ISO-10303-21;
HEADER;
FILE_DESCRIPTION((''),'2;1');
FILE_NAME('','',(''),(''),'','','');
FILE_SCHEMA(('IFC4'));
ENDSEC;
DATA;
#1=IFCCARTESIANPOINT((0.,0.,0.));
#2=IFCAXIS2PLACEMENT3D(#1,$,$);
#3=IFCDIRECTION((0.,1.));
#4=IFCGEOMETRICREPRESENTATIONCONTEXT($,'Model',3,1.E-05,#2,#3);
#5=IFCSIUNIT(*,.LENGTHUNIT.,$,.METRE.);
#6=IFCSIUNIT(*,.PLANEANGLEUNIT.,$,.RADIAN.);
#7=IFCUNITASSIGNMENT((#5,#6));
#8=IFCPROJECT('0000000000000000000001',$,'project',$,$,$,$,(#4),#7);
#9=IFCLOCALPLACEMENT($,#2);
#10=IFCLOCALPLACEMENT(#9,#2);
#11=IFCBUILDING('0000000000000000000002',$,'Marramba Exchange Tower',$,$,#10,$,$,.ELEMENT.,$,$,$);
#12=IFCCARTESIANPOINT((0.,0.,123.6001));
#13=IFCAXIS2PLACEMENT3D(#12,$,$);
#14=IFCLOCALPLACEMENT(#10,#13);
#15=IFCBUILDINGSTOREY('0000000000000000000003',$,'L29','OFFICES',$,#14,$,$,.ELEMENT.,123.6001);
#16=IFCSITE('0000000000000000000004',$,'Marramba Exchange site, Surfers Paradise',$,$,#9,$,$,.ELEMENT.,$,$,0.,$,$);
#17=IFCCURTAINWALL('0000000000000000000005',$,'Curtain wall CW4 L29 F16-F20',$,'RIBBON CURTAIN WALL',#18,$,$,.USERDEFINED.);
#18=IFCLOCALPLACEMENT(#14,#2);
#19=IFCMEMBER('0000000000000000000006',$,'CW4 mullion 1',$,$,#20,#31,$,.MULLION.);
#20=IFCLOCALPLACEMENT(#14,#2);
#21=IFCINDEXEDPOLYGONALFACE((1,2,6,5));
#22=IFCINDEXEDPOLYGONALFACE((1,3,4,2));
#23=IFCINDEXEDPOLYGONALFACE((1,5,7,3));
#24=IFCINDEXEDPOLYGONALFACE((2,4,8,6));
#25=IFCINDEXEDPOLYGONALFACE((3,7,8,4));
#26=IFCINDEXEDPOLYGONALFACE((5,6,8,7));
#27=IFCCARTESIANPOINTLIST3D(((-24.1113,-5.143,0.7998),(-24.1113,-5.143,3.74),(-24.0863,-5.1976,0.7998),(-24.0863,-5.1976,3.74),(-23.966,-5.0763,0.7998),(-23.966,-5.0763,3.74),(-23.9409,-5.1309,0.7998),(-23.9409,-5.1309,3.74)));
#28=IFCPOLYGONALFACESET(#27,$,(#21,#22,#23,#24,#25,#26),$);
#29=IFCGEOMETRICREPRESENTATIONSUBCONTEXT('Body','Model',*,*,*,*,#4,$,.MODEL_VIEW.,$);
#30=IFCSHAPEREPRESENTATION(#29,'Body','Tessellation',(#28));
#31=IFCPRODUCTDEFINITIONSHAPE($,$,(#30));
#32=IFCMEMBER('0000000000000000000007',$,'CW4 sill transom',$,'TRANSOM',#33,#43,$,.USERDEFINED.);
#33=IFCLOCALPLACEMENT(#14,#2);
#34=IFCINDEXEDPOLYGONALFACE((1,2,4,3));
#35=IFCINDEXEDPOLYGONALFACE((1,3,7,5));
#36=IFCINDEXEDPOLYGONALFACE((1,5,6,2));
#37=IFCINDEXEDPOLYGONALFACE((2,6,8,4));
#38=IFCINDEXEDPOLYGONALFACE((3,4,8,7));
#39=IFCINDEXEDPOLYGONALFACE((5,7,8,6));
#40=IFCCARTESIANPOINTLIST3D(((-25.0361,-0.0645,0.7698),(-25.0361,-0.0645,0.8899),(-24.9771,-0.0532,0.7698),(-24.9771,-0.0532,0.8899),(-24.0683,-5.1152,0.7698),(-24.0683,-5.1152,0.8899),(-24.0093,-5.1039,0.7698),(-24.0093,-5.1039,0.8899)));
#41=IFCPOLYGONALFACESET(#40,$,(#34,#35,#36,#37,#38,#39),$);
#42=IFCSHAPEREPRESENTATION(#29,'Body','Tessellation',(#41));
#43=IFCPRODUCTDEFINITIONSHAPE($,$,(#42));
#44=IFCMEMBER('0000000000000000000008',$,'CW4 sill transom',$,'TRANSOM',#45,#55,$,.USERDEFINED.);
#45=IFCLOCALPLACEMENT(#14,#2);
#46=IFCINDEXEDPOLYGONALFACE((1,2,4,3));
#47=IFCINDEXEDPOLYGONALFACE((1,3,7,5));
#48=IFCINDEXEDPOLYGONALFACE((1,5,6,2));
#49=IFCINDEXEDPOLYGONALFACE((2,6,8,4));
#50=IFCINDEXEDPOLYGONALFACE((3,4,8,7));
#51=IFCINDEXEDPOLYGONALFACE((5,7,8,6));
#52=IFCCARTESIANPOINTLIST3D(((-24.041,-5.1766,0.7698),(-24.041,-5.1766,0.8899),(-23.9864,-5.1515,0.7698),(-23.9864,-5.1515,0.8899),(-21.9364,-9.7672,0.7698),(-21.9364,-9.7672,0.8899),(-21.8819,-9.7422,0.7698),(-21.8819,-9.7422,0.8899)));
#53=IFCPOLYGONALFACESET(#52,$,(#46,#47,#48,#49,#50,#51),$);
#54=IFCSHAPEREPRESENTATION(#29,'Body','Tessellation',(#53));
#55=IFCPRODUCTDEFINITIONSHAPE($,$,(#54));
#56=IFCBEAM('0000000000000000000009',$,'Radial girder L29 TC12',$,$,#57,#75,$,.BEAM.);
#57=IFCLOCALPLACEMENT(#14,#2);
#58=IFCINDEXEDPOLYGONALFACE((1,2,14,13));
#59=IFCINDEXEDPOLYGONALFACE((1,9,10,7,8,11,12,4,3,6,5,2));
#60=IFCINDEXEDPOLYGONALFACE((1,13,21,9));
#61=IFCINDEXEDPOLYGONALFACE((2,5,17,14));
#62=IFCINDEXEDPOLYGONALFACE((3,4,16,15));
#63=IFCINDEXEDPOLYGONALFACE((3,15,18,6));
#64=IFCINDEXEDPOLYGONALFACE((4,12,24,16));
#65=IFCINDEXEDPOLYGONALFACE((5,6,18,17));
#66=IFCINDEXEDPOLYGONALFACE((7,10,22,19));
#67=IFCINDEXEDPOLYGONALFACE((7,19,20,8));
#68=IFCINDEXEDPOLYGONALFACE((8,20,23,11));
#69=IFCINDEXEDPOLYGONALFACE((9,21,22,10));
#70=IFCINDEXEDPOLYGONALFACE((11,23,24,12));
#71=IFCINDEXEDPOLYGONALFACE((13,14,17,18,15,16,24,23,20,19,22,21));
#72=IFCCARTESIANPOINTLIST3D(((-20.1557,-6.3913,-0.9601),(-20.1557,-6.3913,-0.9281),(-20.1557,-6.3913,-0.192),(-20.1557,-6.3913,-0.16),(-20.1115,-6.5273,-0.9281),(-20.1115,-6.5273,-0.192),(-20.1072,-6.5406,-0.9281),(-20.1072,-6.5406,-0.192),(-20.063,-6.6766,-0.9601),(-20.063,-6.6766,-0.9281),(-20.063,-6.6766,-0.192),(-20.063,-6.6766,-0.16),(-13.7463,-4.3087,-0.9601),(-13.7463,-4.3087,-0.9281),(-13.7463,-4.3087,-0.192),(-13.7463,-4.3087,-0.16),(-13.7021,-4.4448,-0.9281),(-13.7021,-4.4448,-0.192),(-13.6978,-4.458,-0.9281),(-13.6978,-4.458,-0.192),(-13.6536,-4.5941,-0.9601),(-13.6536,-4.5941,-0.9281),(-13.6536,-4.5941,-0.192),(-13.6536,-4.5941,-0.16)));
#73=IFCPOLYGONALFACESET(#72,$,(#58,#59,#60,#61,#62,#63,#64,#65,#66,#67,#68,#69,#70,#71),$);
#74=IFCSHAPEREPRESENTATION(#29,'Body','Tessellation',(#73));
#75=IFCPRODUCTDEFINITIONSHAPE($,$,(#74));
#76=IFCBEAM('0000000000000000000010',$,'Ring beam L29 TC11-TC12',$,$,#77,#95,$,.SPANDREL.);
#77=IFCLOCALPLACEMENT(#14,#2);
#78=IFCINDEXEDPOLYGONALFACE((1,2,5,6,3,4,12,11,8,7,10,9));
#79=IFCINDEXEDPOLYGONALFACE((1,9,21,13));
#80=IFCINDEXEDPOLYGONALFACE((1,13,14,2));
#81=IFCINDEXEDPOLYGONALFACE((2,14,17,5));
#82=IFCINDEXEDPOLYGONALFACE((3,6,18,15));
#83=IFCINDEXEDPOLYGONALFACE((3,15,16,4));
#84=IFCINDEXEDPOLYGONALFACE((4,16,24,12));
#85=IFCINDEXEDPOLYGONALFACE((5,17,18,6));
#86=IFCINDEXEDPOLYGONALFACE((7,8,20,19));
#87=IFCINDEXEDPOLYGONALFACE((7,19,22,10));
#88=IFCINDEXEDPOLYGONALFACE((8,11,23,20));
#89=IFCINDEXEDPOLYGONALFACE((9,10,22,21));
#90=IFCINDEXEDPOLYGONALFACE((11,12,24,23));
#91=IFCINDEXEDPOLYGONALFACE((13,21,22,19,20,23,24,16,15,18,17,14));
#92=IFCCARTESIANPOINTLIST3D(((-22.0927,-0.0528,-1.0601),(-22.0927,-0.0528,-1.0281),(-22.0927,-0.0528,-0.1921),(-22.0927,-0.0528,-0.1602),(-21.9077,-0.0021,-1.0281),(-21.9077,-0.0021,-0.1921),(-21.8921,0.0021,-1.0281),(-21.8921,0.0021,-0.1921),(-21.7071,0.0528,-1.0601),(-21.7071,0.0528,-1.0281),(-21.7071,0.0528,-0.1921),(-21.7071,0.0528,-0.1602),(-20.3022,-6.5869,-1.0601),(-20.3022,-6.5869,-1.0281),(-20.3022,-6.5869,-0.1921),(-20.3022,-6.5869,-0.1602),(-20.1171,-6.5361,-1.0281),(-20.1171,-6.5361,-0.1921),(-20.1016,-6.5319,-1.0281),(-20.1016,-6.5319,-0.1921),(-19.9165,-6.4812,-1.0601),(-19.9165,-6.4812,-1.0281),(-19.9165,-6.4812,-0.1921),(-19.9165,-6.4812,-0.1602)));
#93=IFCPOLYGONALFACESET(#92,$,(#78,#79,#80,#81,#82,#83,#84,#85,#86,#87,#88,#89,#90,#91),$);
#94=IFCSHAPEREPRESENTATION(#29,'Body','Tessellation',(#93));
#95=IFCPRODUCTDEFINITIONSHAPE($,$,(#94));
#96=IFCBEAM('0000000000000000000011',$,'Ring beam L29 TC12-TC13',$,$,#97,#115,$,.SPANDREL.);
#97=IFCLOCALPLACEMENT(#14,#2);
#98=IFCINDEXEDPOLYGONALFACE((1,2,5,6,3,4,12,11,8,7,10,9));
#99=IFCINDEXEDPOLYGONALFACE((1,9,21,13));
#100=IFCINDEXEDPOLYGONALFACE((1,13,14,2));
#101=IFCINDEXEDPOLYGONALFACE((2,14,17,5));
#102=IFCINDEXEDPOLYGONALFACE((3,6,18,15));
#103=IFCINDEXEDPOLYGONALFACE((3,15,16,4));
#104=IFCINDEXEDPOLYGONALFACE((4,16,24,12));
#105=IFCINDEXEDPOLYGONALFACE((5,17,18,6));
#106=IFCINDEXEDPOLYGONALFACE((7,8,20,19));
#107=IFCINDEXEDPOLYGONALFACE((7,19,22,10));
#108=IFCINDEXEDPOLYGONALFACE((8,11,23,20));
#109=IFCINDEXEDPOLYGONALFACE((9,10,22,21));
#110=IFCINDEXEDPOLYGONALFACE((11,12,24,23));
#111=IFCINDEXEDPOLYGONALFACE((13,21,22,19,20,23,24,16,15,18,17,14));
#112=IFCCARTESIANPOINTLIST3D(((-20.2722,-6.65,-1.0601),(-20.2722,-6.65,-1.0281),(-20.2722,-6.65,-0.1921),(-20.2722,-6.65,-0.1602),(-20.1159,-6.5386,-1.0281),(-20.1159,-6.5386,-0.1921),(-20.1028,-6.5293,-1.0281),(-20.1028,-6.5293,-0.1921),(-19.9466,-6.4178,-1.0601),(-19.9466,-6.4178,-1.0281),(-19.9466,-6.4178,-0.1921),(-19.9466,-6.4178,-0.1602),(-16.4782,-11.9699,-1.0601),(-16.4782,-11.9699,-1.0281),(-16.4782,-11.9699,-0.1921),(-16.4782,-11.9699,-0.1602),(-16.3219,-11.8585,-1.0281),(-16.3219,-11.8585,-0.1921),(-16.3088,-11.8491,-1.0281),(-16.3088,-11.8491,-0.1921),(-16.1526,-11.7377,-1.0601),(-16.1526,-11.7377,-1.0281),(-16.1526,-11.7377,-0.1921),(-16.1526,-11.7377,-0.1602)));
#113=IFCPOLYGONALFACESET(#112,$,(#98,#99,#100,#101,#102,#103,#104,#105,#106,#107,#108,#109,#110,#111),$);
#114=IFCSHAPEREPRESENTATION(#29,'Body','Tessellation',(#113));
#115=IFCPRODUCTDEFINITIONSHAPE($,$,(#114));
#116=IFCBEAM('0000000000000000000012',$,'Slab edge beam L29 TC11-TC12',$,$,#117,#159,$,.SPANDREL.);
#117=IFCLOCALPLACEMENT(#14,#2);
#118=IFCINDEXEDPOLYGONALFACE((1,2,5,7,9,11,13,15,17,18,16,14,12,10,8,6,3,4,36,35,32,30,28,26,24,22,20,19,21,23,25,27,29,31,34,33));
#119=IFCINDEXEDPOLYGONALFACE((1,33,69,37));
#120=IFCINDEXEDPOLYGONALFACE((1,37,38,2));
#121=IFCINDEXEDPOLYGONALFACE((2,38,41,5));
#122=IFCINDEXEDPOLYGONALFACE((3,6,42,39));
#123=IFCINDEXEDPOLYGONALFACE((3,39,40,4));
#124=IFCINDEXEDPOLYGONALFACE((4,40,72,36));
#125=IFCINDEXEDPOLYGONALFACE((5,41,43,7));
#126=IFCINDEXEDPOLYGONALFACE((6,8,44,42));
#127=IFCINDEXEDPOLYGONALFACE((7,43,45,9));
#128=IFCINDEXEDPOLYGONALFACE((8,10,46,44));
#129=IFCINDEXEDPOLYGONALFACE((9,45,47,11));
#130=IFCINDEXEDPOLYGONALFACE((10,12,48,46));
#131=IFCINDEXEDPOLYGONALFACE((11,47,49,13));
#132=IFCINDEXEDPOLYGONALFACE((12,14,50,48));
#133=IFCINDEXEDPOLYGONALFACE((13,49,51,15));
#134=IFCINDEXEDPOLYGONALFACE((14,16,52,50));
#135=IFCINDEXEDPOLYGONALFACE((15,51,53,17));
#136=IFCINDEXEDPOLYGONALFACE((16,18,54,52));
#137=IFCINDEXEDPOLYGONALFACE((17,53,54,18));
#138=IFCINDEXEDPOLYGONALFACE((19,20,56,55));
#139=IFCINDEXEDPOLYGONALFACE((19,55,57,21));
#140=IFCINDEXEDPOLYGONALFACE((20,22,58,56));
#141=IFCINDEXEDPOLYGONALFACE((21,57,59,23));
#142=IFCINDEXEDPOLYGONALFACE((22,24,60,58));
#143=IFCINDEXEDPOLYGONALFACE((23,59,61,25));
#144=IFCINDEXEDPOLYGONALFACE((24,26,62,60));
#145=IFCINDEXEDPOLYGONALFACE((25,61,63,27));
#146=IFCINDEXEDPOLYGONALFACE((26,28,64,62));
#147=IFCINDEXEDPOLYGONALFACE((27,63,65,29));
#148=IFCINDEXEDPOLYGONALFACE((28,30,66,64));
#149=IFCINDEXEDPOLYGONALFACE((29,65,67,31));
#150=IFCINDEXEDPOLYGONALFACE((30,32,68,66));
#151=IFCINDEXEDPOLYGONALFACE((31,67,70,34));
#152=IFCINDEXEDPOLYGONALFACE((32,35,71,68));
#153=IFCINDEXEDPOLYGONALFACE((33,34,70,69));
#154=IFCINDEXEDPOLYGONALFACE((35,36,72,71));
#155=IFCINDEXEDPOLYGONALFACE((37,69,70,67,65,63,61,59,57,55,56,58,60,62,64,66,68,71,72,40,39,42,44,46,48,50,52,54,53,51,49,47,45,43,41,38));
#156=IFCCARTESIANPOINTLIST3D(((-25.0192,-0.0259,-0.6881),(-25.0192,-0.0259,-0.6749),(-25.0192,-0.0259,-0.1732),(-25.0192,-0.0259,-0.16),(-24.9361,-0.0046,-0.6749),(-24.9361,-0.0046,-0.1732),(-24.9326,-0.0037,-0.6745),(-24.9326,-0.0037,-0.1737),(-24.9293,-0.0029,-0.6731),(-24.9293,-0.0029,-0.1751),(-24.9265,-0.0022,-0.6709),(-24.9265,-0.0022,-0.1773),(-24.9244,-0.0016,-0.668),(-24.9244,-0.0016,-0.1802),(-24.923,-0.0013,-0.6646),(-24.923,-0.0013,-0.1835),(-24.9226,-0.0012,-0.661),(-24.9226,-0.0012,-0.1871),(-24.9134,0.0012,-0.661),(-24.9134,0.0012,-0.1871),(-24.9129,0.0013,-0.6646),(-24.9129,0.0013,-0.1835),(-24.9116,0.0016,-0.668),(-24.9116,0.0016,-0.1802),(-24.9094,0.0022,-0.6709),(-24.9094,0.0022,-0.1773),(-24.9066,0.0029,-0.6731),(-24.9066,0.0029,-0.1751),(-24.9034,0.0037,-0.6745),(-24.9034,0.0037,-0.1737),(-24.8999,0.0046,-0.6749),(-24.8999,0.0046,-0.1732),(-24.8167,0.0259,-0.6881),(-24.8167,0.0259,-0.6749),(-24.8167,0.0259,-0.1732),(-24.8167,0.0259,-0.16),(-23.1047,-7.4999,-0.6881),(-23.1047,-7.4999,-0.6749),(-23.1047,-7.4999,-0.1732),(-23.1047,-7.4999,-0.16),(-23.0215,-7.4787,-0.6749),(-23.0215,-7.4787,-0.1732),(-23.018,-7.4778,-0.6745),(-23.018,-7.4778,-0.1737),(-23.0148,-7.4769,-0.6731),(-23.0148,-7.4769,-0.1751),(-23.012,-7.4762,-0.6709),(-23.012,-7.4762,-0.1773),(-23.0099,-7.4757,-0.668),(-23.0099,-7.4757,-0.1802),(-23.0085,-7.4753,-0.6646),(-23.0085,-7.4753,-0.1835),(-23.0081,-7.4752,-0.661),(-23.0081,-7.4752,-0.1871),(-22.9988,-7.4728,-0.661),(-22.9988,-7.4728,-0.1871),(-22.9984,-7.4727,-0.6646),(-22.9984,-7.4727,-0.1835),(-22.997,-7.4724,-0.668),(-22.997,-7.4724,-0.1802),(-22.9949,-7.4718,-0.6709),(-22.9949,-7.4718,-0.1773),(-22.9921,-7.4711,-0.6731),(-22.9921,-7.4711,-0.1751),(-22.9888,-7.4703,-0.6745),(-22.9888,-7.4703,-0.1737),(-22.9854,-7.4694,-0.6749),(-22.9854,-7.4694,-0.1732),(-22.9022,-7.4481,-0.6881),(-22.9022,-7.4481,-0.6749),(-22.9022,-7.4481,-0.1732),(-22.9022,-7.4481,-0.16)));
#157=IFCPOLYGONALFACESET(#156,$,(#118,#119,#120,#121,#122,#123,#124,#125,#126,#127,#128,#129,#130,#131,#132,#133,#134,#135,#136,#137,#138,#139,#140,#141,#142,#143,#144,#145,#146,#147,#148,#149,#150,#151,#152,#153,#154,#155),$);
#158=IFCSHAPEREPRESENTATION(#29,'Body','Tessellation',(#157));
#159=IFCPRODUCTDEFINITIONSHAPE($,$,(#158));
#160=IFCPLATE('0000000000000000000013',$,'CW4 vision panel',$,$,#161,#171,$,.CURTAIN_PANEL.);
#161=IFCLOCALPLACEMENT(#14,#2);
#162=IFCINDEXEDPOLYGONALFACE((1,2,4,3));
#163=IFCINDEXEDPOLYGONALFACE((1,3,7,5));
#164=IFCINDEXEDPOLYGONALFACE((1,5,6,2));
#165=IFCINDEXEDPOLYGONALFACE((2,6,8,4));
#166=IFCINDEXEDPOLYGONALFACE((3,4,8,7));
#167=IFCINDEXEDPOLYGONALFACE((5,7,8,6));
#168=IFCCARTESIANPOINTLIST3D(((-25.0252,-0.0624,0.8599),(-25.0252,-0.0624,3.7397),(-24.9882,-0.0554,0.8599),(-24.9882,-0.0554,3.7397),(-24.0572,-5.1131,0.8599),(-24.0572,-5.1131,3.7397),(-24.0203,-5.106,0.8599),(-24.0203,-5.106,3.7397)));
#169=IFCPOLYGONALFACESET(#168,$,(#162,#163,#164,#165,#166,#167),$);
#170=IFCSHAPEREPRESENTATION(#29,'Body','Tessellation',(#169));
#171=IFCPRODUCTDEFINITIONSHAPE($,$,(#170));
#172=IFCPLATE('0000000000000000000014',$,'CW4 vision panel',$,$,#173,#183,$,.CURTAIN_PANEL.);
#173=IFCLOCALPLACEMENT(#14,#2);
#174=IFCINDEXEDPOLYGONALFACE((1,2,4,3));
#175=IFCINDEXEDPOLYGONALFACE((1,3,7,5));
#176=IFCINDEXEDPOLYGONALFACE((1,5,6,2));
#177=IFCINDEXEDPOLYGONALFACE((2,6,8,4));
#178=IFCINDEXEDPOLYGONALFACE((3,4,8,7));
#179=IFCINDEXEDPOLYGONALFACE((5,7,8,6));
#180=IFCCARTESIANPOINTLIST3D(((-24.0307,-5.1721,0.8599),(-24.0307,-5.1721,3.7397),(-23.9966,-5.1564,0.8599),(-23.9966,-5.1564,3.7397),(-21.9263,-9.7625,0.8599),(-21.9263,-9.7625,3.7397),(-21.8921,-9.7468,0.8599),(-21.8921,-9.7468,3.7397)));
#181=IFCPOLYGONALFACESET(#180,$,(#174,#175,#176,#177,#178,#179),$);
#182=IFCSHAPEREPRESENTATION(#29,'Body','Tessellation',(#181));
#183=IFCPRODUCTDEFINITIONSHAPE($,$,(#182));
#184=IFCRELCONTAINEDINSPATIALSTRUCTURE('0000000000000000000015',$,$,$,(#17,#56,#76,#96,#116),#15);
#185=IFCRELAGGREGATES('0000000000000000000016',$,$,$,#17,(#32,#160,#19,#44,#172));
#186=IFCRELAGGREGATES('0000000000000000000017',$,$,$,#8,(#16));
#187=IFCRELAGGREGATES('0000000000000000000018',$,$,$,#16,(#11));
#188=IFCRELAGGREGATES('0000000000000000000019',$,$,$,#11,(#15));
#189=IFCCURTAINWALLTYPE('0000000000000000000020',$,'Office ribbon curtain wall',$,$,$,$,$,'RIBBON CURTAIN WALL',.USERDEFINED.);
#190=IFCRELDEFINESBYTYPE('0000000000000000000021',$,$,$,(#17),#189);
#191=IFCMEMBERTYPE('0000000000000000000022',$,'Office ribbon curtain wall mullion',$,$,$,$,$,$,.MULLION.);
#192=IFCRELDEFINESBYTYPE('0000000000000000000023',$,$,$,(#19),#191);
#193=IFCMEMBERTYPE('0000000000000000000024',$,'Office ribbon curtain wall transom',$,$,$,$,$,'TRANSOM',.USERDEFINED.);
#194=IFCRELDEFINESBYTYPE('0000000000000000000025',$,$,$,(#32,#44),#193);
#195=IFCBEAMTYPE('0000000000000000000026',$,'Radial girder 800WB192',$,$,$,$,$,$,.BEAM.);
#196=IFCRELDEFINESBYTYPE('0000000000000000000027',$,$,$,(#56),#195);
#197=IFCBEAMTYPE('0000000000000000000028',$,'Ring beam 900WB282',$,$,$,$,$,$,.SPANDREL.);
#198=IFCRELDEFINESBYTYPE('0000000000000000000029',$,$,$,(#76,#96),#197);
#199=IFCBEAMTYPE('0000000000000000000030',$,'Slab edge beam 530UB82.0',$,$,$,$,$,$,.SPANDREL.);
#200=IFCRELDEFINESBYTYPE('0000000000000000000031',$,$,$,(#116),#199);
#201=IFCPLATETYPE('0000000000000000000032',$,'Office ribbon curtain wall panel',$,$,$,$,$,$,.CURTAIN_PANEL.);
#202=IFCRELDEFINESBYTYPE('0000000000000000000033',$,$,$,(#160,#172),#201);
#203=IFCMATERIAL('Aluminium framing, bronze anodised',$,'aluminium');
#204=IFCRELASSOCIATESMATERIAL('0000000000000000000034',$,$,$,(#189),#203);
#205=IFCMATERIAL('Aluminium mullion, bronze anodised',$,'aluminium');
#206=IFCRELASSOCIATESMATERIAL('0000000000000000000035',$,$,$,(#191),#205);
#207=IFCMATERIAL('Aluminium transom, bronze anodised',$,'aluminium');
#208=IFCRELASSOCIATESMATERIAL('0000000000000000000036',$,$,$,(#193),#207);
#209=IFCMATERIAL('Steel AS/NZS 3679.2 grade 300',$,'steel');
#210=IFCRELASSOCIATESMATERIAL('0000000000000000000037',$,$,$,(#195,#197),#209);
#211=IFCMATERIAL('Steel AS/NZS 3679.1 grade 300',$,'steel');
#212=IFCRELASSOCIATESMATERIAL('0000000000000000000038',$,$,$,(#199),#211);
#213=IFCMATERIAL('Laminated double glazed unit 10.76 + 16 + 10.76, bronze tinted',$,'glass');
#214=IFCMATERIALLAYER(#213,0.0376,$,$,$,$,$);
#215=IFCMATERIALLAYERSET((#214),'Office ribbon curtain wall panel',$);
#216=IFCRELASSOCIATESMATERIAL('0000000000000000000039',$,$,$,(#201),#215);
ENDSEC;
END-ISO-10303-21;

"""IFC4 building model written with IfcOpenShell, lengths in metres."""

from ifc_helpers import new_model, si_unit, direction, frame, origin, origin_2d, place, context, subcontext, project, spatial, rectangle, i_section, extrude, material, layer, layer_set, material_profile, profile_set, type_object, element, aggregate, save


model = new_model("IFC4")

# Units and contexts
model_context = context("Model", 3, precision=1e-05, world=origin(), true_north=direction((0.0, 1.0)))
body_context = subcontext(model_context, "Body", "Model", "MODEL_VIEW")
ifc_project = project(units=[si_unit("LENGTHUNIT", "METRE"), si_unit("PLANEANGLEUNIT", "RADIAN")], contexts=[model_context])

# Site, building, storey
site_placement = place(None, origin())
site = spatial("IfcSite", under=ifc_project, at=site_placement, Name="Marramba Exchange site, Surfers Paradise", CompositionType="ELEMENT", RefElevation=0.0)
building_placement = place(site_placement, origin())
building = spatial("IfcBuilding", under=site, at=building_placement, Name="Marramba Exchange Tower", CompositionType="ELEMENT")
storey_placement = place(building_placement, frame((0.0, 0.0, 123.6001)))
storey = spatial("IfcBuildingStorey", under=building, at=storey_placement, Name="L29", Description="OFFICES", CompositionType="ELEMENT", Elevation=123.6001)

# Shared definitions
ifc_material_1 = material(Name="Steel AS/NZS 3679.2 grade 300", Category="steel")
ifc_material_2 = material(Name="Steel AS/NZS 3679.1 grade 300", Category="steel")

# Curtain wall, members
ifc_material_3 = material(Name="Aluminium framing, bronze anodised", Category="aluminium")
curtain_wall_type = type_object("IfcCurtainWallType", Name="Office ribbon curtain wall", ElementType="RIBBON CURTAIN WALL", PredefinedType="USERDEFINED", material=ifc_material_3)
curtain_wall_placement = place(storey_placement, origin())
curtain_wall = element("IfcCurtainWall", 1, at=curtain_wall_placement, inside=storey, type_object=curtain_wall_type, Name="Curtain wall CW4 L29 F16-F20", ObjectType="RIBBON CURTAIN WALL", PredefinedType="USERDEFINED")
ifc_material_4 = material(Name="Aluminium mullion, bronze anodised", Category="aluminium")
ifc_material_profile_1 = material_profile(ifc_material_4, rectangle(XDim=0.1599, YDim=0.0601, at=origin_2d()), Name="CW4 mullion 60x160")
ifc_profile_set_1 = profile_set([ifc_material_profile_1], Name="Aluminium mullion, bronze anodised")
member_type_1 = type_object("IfcMemberType", Name="Office ribbon curtain wall mullion", PredefinedType="MULLION", material=ifc_profile_set_1)
member_1_placement = place(storey_placement, frame((-24.0261, -5.137, 0.7998), z_axis=(0.0, 0.0, 1.0), x_axis=(0.909027, 0.416738, 0.0)))
member_1 = element("IfcMember", 2, at=member_1_placement, type_object=member_type_1, Name="CW4 mullion 1", PredefinedType="MULLION", context=body_context, shape_type="SweptSolid", body=[
    extrude(rectangle(XDim=0.1599, YDim=0.0601, at=origin_2d()), origin(), (0.0, 0.0, 1.0), 2.9402),
])
ifc_material_5 = material(Name="Aluminium transom, bronze anodised", Category="aluminium")
ifc_material_profile_2 = material_profile(ifc_material_5, rectangle(XDim=0.0601, YDim=0.1201, at=origin_2d()), Name="CW4 transom 60x120")
ifc_profile_set_2 = profile_set([ifc_material_profile_2], Name="Aluminium transom, bronze anodised")
member_type_2 = type_object("IfcMemberType", Name="Office ribbon curtain wall transom", ElementType="TRANSOM", PredefinedType="USERDEFINED", material=ifc_profile_set_2)
member_2_placement = place(storey_placement, frame((-25.0066, -0.0588, 0.8298), z_axis=(0.188185, -0.982134, 0.0), x_axis=(0.982134, 0.188185, 0.0)))
member_2 = element("IfcMember", 3, at=member_2_placement, type_object=member_type_2, Name="CW4 sill transom", ObjectType="TRANSOM", PredefinedType="USERDEFINED", context=body_context, shape_type="SweptSolid", body=[
    extrude(rectangle(XDim=0.0601, YDim=0.1201, at=origin_2d()), origin(), (0.0, 0.0, 1.0), 5.1426),
])
member_3_placement = place(storey_placement, frame((-24.0137, -5.1641, 0.8298), z_axis=(0.416733, -0.909029, 0.0), x_axis=(0.909029, 0.416733, 0.0)))
member_3 = element("IfcMember", 4, at=member_3_placement, type_object=member_type_2, Name="CW4 sill transom", ObjectType="TRANSOM", PredefinedType="USERDEFINED", context=body_context, shape_type="SweptSolid", body=[
    extrude(rectangle(XDim=0.0601, YDim=0.1201, at=origin_2d()), origin(), (0.0, 0.0, 1.0), 5.05),
])

# Beams
ifc_material_profile_3 = material_profile(ifc_material_1, i_section(OverallWidth=0.3, OverallDepth=0.8, WebThickness=0.0139, FlangeThickness=0.032, at=origin_2d()), Name="800WB192")
ifc_profile_set_3 = profile_set([ifc_material_profile_3], Name="Steel AS/NZS 3679.2 grade 300")
beam_type_1 = type_object("IfcBeamType", Name="Radial girder 800WB192", PredefinedType="BEAM", material=ifc_profile_set_3)
beam_1_placement = place(storey_placement, frame((-13.7, -4.4514, -0.5601), z_axis=(-0.951058, -0.309013, 0.0), x_axis=(0.309013, -0.951058, 0.0)))
element("IfcBeam", 5, at=beam_1_placement, inside=storey, type_object=beam_type_1, Name="Radial girder L29 TC12", PredefinedType="BEAM", context=body_context, shape_type="SweptSolid", body=[
    extrude(i_section(OverallWidth=0.3, OverallDepth=0.8, WebThickness=0.0139, FlangeThickness=0.032, at=origin_2d()), origin(), (0.0, 0.0, 1.0), 6.7393),
])
ifc_material_profile_4 = material_profile(ifc_material_1, i_section(OverallWidth=0.3999, OverallDepth=0.8999, WebThickness=0.0161, FlangeThickness=0.032, at=origin_2d()), Name="900WB282")
ifc_profile_set_4 = profile_set([ifc_material_profile_4], Name="Steel AS/NZS 3679.2 grade 300")
beam_type_2 = type_object("IfcBeamType", Name="Ring beam 900WB282", PredefinedType="SPANDREL", material=ifc_profile_set_4)
beam_2_placement = place(storey_placement, frame((-21.8999, 0.0, -0.6101), z_axis=(0.264291, -0.964443, 0.0), x_axis=(0.964443, 0.264291, 0.0)))
element("IfcBeam", 6, at=beam_2_placement, inside=storey, type_object=beam_type_2, Name="Ring beam L29 TC11-TC12", PredefinedType="SPANDREL", context=body_context, shape_type="SweptSolid", body=[
    extrude(i_section(OverallWidth=0.3999, OverallDepth=0.8999, WebThickness=0.0161, FlangeThickness=0.032, at=origin_2d()), origin(), (0.0, 0.0, 1.0), 6.7749),
])
beam_3_placement = place(storey_placement, frame((-20.1094, -6.5339, -0.6101), z_axis=(0.580637, -0.814162, 0.0), x_axis=(0.814162, 0.580637, 0.0)))
element("IfcBeam", 7, at=beam_3_placement, inside=storey, type_object=beam_type_2, Name="Ring beam L29 TC12-TC13", PredefinedType="SPANDREL", context=body_context, shape_type="SweptSolid", body=[
    extrude(i_section(OverallWidth=0.3999, OverallDepth=0.8999, WebThickness=0.0161, FlangeThickness=0.032, at=origin_2d()), origin(), (0.0, 0.0, 1.0), 6.5342),
])
ifc_material_profile_5 = material_profile(ifc_material_2, i_section(OverallWidth=0.209, OverallDepth=0.5281, WebThickness=0.0095, FlangeThickness=0.0132, FilletRadius=0.0139, at=origin_2d()), Name="530UB82.0")
ifc_profile_set_5 = profile_set([ifc_material_profile_5], Name="Steel AS/NZS 3679.1 grade 300")
beam_type_3 = type_object("IfcBeamType", Name="Slab edge beam 530UB82.0", PredefinedType="SPANDREL", material=ifc_profile_set_5)
beam_4_placement = place(storey_placement, frame((-24.918, 0.0, -0.4241), z_axis=(0.248145, -0.968723, 0.0), x_axis=(0.968723, 0.248145, 0.0)))
element("IfcBeam", 8, at=beam_4_placement, inside=storey, type_object=beam_type_3, Name="Slab edge beam L29 TC11-TC12", PredefinedType="SPANDREL", context=body_context, shape_type="SweptSolid", body=[
    extrude(i_section(OverallWidth=0.209, OverallDepth=0.5281, WebThickness=0.0095, FlangeThickness=0.0132, FilletRadius=0.0139, at=origin_2d()), origin(), (0.0, 0.0, 1.0), 7.7153),
])

# Plates
ifc_material_6 = material(Name="Laminated double glazed unit 10.76 + 16 + 10.76, bronze tinted", Category="glass")
ifc_layer_1 = layer(ifc_material_6, 0.0376)
ifc_layer_set_1 = layer_set([ifc_layer_1], Name="Office ribbon curtain wall panel")
plate_type = type_object("IfcPlateType", Name="Office ribbon curtain wall panel", PredefinedType="CURTAIN_PANEL", material=ifc_layer_set_1)
plate_1_placement = place(storey_placement, frame((-24.5227, -2.5842, 0.8599), z_axis=(0.0, 0.0, 1.0), x_axis=(0.188227, -0.982126, 0.0)))
plate_1 = element("IfcPlate", 9, at=plate_1_placement, type_object=plate_type, Name="CW4 vision panel", PredefinedType="CURTAIN_PANEL", context=body_context, shape_type="SweptSolid", body=[
    extrude(rectangle(XDim=5.1426, YDim=0.0376, at=origin_2d()), origin(), (0.0, 0.0, 1.0), 2.8799),
])
plate_2_placement = place(storey_placement, frame((-22.9614, -7.4595, 0.8599), z_axis=(0.0, 0.0, 1.0), x_axis=(0.416738, -0.909027, 0.0)))
plate_2 = element("IfcPlate", 10, at=plate_2_placement, type_object=plate_type, Name="CW4 vision panel", PredefinedType="CURTAIN_PANEL", context=body_context, shape_type="SweptSolid", body=[
    extrude(rectangle(XDim=5.0498, YDim=0.0376, at=origin_2d()), origin(), (0.0, 0.0, 1.0), 2.8799),
])
aggregate(curtain_wall, [member_2, plate_1, member_1, member_3, plate_2])

save(model, "model.ifc")
